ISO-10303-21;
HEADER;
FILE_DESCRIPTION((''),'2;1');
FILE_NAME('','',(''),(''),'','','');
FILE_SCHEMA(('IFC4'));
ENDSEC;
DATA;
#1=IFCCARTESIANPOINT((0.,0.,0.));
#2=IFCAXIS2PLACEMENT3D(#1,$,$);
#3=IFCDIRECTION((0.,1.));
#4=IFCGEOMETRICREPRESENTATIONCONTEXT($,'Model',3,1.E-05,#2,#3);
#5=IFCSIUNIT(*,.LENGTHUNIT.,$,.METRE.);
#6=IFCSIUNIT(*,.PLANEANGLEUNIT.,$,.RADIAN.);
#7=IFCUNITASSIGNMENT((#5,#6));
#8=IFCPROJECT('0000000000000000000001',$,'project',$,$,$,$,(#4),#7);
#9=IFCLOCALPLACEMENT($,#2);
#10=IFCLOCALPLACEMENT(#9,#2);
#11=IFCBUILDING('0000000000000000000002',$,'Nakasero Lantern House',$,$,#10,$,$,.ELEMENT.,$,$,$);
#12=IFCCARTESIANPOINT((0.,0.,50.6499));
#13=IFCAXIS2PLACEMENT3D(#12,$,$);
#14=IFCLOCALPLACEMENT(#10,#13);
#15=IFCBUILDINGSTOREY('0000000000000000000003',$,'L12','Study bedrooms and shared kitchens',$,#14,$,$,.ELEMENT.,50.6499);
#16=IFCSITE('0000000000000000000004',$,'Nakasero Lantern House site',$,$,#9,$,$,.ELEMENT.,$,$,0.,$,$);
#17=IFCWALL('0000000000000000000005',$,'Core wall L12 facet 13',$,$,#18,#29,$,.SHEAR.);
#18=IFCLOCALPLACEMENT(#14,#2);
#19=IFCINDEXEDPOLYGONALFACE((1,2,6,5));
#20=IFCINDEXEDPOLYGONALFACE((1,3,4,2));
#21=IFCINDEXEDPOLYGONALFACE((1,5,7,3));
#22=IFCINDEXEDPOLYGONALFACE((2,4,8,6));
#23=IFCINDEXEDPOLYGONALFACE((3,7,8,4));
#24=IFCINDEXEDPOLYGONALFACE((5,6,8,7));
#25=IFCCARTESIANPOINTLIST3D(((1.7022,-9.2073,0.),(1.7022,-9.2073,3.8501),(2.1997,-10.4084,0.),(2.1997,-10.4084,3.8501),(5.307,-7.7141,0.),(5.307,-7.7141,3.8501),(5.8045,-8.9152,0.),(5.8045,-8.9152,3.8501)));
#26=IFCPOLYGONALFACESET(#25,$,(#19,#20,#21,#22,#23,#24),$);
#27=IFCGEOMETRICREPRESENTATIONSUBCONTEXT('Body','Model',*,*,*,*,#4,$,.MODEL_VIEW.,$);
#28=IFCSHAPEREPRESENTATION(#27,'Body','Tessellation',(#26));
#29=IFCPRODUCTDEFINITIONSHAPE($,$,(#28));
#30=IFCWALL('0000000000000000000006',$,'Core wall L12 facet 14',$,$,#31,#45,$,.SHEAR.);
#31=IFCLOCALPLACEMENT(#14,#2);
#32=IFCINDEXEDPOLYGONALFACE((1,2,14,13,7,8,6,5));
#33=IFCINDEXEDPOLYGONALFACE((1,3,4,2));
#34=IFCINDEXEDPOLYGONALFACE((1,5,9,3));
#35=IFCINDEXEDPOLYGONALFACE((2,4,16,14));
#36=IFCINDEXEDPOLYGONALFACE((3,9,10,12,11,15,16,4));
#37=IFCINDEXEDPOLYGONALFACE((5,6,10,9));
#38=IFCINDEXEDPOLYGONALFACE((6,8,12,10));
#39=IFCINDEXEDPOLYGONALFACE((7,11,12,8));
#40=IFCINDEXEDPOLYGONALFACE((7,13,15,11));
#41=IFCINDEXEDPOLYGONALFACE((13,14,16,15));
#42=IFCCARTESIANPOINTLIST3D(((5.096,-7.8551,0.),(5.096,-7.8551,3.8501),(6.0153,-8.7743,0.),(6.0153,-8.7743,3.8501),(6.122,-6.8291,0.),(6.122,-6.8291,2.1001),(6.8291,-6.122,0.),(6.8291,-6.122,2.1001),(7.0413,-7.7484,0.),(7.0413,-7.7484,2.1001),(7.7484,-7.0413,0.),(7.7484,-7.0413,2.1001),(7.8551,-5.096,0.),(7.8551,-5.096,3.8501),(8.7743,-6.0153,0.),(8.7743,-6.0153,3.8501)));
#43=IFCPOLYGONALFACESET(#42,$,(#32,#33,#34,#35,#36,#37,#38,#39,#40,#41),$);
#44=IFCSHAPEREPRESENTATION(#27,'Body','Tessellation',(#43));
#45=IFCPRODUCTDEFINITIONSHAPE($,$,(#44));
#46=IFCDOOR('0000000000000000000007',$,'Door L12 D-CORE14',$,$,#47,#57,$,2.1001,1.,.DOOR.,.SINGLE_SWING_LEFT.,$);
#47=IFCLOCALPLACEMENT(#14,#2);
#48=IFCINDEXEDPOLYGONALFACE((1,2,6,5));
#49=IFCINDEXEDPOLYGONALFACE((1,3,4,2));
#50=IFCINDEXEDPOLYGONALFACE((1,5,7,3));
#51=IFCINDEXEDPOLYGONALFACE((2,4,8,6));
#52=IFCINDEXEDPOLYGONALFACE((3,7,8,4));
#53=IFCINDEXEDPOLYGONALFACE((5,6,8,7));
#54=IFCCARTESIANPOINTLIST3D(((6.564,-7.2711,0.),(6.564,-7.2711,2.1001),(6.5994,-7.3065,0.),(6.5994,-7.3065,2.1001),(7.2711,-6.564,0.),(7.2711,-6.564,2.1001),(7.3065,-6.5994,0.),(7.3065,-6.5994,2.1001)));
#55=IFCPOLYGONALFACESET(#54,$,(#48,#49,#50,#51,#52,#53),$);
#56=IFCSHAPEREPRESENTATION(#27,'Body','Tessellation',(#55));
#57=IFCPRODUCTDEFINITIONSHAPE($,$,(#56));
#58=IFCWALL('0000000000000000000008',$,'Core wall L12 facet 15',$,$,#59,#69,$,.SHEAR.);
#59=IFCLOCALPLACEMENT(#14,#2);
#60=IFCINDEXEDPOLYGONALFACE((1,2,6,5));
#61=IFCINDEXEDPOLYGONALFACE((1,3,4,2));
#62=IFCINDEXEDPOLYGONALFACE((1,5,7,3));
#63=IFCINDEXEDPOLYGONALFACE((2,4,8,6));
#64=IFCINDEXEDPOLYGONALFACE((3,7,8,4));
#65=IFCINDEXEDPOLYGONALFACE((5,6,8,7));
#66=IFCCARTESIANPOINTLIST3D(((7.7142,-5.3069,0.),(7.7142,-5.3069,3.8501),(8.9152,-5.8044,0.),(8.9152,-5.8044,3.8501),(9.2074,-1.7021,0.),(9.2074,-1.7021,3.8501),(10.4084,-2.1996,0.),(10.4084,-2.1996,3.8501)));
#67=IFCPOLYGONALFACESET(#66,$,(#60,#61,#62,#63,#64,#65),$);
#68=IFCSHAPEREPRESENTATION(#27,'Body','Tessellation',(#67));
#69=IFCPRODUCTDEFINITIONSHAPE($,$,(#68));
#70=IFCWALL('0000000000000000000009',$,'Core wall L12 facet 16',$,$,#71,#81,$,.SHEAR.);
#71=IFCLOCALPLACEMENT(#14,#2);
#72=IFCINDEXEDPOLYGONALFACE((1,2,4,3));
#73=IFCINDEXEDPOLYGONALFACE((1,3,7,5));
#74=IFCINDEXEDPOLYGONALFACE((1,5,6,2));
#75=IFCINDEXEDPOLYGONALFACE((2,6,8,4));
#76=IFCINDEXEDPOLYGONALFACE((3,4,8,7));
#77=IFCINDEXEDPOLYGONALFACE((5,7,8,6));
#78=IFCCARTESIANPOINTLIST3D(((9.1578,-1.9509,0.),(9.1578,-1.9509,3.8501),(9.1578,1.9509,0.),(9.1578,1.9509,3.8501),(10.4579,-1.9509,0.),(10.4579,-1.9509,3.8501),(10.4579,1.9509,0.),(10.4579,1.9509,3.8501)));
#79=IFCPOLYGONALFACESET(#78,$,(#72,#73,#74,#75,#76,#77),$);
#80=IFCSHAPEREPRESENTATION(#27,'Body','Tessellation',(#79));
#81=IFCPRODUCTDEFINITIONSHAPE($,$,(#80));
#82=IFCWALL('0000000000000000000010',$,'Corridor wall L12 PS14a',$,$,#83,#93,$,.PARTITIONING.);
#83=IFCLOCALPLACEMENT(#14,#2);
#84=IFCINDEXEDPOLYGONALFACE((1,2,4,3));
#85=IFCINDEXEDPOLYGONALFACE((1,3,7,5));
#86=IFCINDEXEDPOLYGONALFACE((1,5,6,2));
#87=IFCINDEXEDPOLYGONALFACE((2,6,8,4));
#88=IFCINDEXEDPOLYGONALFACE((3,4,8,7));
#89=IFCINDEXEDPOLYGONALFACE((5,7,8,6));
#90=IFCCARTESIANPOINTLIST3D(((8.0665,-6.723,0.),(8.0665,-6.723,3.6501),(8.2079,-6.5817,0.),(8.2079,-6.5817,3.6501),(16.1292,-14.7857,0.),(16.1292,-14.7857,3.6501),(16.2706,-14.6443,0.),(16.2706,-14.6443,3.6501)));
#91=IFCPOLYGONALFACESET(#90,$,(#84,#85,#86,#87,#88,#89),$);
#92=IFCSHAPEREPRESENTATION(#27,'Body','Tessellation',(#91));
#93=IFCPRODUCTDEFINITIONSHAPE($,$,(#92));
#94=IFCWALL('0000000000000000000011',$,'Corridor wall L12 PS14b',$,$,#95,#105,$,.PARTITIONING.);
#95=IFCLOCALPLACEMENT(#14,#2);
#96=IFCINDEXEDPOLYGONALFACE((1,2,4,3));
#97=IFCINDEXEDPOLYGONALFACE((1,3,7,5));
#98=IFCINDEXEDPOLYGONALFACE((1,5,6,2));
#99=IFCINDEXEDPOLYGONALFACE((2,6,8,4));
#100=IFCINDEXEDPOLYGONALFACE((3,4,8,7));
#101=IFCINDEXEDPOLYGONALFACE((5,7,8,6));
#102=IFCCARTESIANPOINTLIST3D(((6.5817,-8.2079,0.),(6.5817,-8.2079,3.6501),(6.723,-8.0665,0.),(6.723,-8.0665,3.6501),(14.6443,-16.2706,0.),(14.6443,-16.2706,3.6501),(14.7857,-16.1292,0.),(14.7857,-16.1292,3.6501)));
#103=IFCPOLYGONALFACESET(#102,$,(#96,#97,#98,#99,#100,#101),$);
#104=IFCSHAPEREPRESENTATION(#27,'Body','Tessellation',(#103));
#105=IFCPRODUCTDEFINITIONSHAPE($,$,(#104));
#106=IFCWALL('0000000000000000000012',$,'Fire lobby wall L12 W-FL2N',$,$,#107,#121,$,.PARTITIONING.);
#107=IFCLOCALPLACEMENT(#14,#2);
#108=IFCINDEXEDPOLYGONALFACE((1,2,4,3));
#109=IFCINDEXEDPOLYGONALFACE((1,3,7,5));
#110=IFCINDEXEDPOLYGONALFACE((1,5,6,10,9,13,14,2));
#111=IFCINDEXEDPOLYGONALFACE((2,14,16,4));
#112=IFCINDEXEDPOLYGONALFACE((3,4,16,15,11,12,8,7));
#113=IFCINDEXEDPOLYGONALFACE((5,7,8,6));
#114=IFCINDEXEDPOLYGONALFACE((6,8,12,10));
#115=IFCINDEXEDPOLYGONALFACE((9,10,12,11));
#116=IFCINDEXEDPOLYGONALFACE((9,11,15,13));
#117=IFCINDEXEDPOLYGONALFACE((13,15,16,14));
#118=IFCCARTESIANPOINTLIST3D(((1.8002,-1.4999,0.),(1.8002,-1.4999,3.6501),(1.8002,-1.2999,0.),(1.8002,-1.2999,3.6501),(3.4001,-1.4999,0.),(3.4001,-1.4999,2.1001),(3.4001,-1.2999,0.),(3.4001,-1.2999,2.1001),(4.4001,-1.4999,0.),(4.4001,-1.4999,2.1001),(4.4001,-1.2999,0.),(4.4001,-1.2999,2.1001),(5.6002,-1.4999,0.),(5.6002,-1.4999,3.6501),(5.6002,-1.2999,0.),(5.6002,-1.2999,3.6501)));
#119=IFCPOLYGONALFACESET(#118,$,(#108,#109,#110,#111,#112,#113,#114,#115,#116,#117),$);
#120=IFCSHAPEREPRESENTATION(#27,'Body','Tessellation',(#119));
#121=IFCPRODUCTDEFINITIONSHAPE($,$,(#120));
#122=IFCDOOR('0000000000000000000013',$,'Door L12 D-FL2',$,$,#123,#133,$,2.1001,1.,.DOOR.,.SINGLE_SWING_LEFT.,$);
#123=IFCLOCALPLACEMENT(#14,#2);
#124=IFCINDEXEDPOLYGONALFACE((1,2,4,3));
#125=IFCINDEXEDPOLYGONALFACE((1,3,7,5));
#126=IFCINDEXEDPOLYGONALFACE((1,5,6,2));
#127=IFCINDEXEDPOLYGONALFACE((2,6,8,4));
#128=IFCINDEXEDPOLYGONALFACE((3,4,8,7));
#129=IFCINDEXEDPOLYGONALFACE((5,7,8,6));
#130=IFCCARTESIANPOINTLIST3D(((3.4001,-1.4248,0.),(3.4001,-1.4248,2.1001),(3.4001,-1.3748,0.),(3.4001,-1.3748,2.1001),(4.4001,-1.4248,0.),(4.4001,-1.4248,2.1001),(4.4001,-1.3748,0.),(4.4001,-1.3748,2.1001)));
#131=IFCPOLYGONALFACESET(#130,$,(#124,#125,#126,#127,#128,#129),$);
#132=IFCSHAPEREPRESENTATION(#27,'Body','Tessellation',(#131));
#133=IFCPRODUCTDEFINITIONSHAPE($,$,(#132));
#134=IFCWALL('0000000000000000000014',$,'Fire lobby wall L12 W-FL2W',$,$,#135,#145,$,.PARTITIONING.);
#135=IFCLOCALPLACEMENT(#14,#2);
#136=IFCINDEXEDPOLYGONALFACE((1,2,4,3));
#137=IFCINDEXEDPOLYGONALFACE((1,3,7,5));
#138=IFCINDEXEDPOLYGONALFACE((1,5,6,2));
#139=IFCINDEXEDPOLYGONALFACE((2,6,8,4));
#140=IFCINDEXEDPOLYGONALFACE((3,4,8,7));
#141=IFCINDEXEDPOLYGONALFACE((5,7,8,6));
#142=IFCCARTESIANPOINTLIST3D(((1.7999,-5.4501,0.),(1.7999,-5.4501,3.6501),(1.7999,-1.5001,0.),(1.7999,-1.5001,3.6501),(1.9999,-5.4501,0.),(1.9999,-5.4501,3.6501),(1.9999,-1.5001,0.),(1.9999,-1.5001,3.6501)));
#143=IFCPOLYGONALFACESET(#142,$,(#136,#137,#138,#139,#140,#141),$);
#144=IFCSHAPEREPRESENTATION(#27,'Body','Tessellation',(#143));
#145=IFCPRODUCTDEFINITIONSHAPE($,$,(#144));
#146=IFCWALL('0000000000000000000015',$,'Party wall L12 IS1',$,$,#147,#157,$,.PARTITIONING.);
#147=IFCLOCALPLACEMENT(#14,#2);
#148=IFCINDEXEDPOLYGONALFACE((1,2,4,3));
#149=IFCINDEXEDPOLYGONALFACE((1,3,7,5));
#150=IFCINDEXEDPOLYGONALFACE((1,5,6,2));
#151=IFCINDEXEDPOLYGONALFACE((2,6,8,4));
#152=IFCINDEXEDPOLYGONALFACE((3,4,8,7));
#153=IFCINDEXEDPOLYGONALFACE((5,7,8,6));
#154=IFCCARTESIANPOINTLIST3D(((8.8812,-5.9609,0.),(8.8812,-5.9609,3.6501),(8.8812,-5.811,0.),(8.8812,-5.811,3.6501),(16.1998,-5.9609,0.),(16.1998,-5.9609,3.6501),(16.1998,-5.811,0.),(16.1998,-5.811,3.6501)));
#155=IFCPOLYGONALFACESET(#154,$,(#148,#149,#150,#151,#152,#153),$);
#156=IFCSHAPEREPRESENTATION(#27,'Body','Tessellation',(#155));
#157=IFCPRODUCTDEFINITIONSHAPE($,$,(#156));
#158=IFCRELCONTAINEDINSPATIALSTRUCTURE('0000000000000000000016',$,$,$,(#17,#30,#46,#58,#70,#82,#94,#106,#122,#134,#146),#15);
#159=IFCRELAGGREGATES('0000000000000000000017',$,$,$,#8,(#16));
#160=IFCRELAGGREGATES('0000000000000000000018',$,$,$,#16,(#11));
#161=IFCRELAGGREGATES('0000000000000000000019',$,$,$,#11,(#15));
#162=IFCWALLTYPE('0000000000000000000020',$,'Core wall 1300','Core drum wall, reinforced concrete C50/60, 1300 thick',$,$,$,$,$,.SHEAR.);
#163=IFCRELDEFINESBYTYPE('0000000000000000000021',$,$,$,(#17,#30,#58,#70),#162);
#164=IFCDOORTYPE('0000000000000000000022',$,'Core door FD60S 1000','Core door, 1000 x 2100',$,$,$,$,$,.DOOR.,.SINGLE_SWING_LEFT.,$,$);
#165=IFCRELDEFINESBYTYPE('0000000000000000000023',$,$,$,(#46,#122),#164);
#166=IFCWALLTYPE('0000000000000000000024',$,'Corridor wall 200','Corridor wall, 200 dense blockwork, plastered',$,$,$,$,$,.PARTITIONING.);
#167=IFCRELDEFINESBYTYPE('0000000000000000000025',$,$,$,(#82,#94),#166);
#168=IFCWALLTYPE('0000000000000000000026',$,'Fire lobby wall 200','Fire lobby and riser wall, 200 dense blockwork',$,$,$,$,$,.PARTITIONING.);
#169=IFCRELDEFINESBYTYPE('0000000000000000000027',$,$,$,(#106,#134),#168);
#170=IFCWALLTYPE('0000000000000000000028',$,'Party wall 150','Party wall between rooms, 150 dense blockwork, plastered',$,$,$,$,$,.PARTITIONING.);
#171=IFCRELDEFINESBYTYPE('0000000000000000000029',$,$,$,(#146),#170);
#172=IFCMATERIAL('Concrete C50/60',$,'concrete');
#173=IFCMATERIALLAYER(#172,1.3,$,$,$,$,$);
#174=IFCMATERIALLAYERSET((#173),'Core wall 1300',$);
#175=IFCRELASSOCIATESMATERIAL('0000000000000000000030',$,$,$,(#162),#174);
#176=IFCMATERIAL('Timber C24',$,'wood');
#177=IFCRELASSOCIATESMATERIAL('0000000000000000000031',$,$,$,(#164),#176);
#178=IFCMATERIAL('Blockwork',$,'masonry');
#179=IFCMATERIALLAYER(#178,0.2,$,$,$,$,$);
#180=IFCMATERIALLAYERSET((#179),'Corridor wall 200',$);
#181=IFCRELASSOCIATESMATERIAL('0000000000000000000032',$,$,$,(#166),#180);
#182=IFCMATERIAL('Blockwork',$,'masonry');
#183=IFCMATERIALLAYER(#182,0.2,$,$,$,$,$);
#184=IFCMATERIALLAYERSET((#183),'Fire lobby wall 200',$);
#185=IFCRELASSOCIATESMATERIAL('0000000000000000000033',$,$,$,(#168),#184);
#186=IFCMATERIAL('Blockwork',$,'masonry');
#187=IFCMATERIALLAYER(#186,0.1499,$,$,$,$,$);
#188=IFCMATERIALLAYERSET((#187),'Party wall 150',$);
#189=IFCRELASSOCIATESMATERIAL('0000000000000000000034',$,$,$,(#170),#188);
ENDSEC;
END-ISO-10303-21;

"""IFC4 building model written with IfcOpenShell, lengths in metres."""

from ifc_helpers import new_model, si_unit, direction, frame, frame_2d, origin, place, context, subcontext, project, spatial, rectangle, extrude, material, layer, layer_set, type_object, element, fill, save


model = new_model("IFC4")

# Units and contexts
model_context = context("Model", 3, precision=1e-05, world=origin(), true_north=direction((0.0, 1.0)))
body_context = subcontext(model_context, "Body", "Model", "MODEL_VIEW")
ifc_project = project(units=[si_unit("LENGTHUNIT", "METRE"), si_unit("PLANEANGLEUNIT", "RADIAN")], contexts=[model_context])

# Site, building, storey
site_placement = place(None, origin())
site = spatial("IfcSite", under=ifc_project, at=site_placement, Name="Nakasero Lantern House site", CompositionType="ELEMENT", RefElevation=0.0)
building_placement = place(site_placement, origin())
building = spatial("IfcBuilding", under=site, at=building_placement, Name="Nakasero Lantern House", CompositionType="ELEMENT")
storey_placement = place(building_placement, frame((0.0, 0.0, 50.6499)))
storey = spatial("IfcBuildingStorey", under=building, at=storey_placement, Name="L12", Description="Study bedrooms and shared kitchens", CompositionType="ELEMENT", Elevation=50.6499)

# Wall
ifc_material_1 = material(Name="Concrete C50/60", Category="concrete")
ifc_layer_1 = layer(ifc_material_1, 1.3)
ifc_layer_set_1 = layer_set([ifc_layer_1], Name="Core wall 1300")
wall_type_1 = type_object("IfcWallType", Name="Core wall 1300", Description="Core drum wall, reinforced concrete C50/60, 1300 thick", PredefinedType="SHEAR", material=ifc_layer_set_1)
wall_1_placement = place(storey_placement, frame((1.9509, -9.8079, 0.0), z_axis=(0.0, 0.0, 1.0), x_axis=(0.923877, 0.382691, 0.0)))
element("IfcWall", 1, at=wall_1_placement, inside=storey, type_object=wall_type_1, Name="Core wall L12 facet 13", PredefinedType="SHEAR", context=body_context, shape_type="SweptSolid", body=[
    extrude(rectangle(XDim=3.9019, YDim=1.3, at=frame_2d((1.9509, 0.0))), origin(), (0.0, 0.0, 1.0), 3.8501),
])

# Wall, opening, door
wall_2_placement = place(storey_placement, frame((5.5557, -8.3147, 0.0), z_axis=(0.0, 0.0, 1.0), x_axis=(0.707107, 0.707107, 0.0)))
wall_2 = element("IfcWall", 2, at=wall_2_placement, inside=storey, type_object=wall_type_1, Name="Core wall L12 facet 14", PredefinedType="SHEAR", context=body_context, shape_type="SweptSolid", body=[
    extrude(rectangle(XDim=3.9019, YDim=1.3, at=frame_2d((1.9509, 0.0))), origin(), (0.0, 0.0, 1.0), 3.8501),
])
opening_1_placement = place(wall_2_placement, frame((1.4509, 0.0, 0.0)))
opening_1 = element("IfcOpeningElement", 3, at=opening_1_placement, cuts=wall_2, PredefinedType="OPENING", context=body_context, shape_type="SweptSolid", body=[
    extrude(rectangle(XDim=1.0, YDim=2.1001, at=frame_2d((0.5, 1.05))), frame((0.0, 0.6699, 0.0), z_axis=(0.0, -1.0, 0.0), x_axis=(1.0, 0.0, 0.0)), (0.0, 0.0, 1.0), 1.3401),
])
ifc_material_2 = material(Name="Timber C24", Category="wood")
door_type_1 = type_object("IfcDoorType", Name="Core door FD60S 1000", Description="Core door, 1000 x 2100", OperationType="SINGLE_SWING_LEFT", PredefinedType="DOOR", material=ifc_material_2)
door_1_placement = place(opening_1_placement, origin())
door_1 = element("IfcDoor", 4, at=door_1_placement, inside=storey, type_object=door_type_1, Name="Door L12 D-CORE14", OperationType="SINGLE_SWING_LEFT", OverallHeight=2.1001, OverallWidth=1.0, PredefinedType="DOOR", context=body_context, shape_type="SweptSolid", body=[
    extrude(rectangle(XDim=1.0, YDim=2.1001, at=frame_2d((0.5, 1.05))), frame((0.0, 0.0249, 0.0), z_axis=(0.0, -1.0, 0.0), x_axis=(1.0, 0.0, 0.0)), (0.0, 0.0, 1.0), 0.05),
])
fill(opening_1, door_1)

# Walls
for number, where, z_axis, x_axis, name in (
    (5, (8.3147, -5.5557, 0.0), (0.0, 0.0, 1.0), (0.382691, 0.923877, 0.0), "Core wall L12 facet 15"),
    (6, (9.8079, -1.9509, 0.0), (0.0, 0.0, 1.0), (0.0, 1.0, 0.0), "Core wall L12 facet 16"),
):
    element("IfcWall", number, at=place(storey_placement, frame(where, z_axis=z_axis, x_axis=x_axis)), inside=storey, type_object=wall_type_1, Name=name, PredefinedType="SHEAR", context=body_context, shape_type="SweptSolid", body=[
        extrude(rectangle(XDim=3.9019, YDim=1.3, at=frame_2d((1.9509, 0.0))), origin(), (0.0, 0.0, 1.0), 3.8501),
    ])
ifc_material_3 = material(Name="Blockwork", Category="masonry")
ifc_layer_2 = layer(ifc_material_3, 0.2)
ifc_layer_set_2 = layer_set([ifc_layer_2], Name="Corridor wall 200")
wall_type_2 = type_object("IfcWallType", Name="Corridor wall 200", Description="Corridor wall, 200 dense blockwork, plastered", PredefinedType="PARTITIONING", material=ifc_layer_set_2)
for number, where, z_axis, x_axis, name in (
    (7, (8.1372, -6.6523, 0.0), (0.0, 0.0, 1.0), (0.707107, -0.707107, 0.0), "Corridor wall L12 PS14a"),
    (8, (6.6523, -8.1372, 0.0), (0.0, 0.0, 1.0), (0.707107, -0.707107, 0.0), "Corridor wall L12 PS14b"),
):
    element("IfcWall", number, at=place(storey_placement, frame(where, z_axis=z_axis, x_axis=x_axis)), inside=storey, type_object=wall_type_2, Name=name, PredefinedType="PARTITIONING", context=body_context, shape_type="SweptSolid", body=[
        extrude(rectangle(XDim=11.4023, YDim=0.2, at=frame_2d((5.7012, 0.0))), origin(), (0.0, 0.0, 1.0), 3.6501),
    ])

# Wall, opening, door
ifc_material_4 = material(Name="Blockwork", Category="masonry")
ifc_layer_3 = layer(ifc_material_4, 0.2)
ifc_layer_set_3 = layer_set([ifc_layer_3], Name="Fire lobby wall 200")
wall_type_3 = type_object("IfcWallType", Name="Fire lobby wall 200", Description="Fire lobby and riser wall, 200 dense blockwork", PredefinedType="PARTITIONING", material=ifc_layer_set_3)
wall_3_placement = place(storey_placement, frame((5.6001, -1.3999, 0.0), z_axis=(0.0, 0.0, 1.0), x_axis=(-1.0, 0.0, 0.0)))
wall_3 = element("IfcWall", 9, at=wall_3_placement, inside=storey, type_object=wall_type_3, Name="Fire lobby wall L12 W-FL2N", PredefinedType="PARTITIONING", context=body_context, shape_type="SweptSolid", body=[
    extrude(rectangle(XDim=3.8, YDim=0.2, at=frame_2d((1.8999, 0.0))), origin(), (0.0, 0.0, 1.0), 3.6501),
])
opening_2_placement = place(wall_3_placement, frame((1.2, 0.0, 0.0)))
opening_2 = element("IfcOpeningElement", 10, at=opening_2_placement, cuts=wall_3, PredefinedType="OPENING", context=body_context, shape_type="SweptSolid", body=[
    extrude(rectangle(XDim=1.0, YDim=2.1001, at=frame_2d((0.5, 1.05))), frame((0.0, 0.1199, 0.0), z_axis=(0.0, -1.0, 0.0), x_axis=(1.0, 0.0, 0.0)), (0.0, 0.0, 1.0), 0.24),
])
door_2_placement = place(opening_2_placement, origin())
door_2 = element("IfcDoor", 11, at=door_2_placement, inside=storey, type_object=door_type_1, Name="Door L12 D-FL2", OperationType="SINGLE_SWING_LEFT", OverallHeight=2.1001, OverallWidth=1.0, PredefinedType="DOOR", context=body_context, shape_type="SweptSolid", body=[
    extrude(rectangle(XDim=1.0, YDim=2.1001, at=frame_2d((0.5, 1.05))), frame((0.0, 0.0249, 0.0), z_axis=(0.0, -1.0, 0.0), x_axis=(1.0, 0.0, 0.0)), (0.0, 0.0, 1.0), 0.05),
])
fill(opening_2, door_2)

# Walls
wall_4_placement = place(storey_placement, frame((1.8999, -1.5, 0.0), z_axis=(0.0, 0.0, 1.0), x_axis=(0.0, -1.0, 0.0)))
element("IfcWall", 12, at=wall_4_placement, inside=storey, type_object=wall_type_3, Name="Fire lobby wall L12 W-FL2W", PredefinedType="PARTITIONING", context=body_context, shape_type="SweptSolid", body=[
    extrude(rectangle(XDim=3.95, YDim=0.2, at=frame_2d((1.9751, 0.0))), origin(), (0.0, 0.0, 1.0), 3.6501),
])
ifc_material_5 = material(Name="Blockwork", Category="masonry")
ifc_layer_4 = layer(ifc_material_5, 0.1499)
ifc_layer_set_4 = layer_set([ifc_layer_4], Name="Party wall 150")
wall_type_4 = type_object("IfcWallType", Name="Party wall 150", Description="Party wall between rooms, 150 dense blockwork, plastered", PredefinedType="PARTITIONING", material=ifc_layer_set_4)
wall_5_placement = place(storey_placement, frame((8.8813, -5.886, 0.0), z_axis=(0.0, 0.0, 1.0), x_axis=(1.0, 0.0, 0.0)))
element("IfcWall", 13, at=wall_5_placement, inside=storey, type_object=wall_type_4, Name="Party wall L12 IS1", PredefinedType="PARTITIONING", context=body_context, shape_type="SweptSolid", body=[
    extrude(rectangle(XDim=7.3186, YDim=0.1499, at=frame_2d((3.6592, 0.0))), origin(), (0.0, 0.0, 1.0), 3.6501),
])

save(model, "model.ifc")
